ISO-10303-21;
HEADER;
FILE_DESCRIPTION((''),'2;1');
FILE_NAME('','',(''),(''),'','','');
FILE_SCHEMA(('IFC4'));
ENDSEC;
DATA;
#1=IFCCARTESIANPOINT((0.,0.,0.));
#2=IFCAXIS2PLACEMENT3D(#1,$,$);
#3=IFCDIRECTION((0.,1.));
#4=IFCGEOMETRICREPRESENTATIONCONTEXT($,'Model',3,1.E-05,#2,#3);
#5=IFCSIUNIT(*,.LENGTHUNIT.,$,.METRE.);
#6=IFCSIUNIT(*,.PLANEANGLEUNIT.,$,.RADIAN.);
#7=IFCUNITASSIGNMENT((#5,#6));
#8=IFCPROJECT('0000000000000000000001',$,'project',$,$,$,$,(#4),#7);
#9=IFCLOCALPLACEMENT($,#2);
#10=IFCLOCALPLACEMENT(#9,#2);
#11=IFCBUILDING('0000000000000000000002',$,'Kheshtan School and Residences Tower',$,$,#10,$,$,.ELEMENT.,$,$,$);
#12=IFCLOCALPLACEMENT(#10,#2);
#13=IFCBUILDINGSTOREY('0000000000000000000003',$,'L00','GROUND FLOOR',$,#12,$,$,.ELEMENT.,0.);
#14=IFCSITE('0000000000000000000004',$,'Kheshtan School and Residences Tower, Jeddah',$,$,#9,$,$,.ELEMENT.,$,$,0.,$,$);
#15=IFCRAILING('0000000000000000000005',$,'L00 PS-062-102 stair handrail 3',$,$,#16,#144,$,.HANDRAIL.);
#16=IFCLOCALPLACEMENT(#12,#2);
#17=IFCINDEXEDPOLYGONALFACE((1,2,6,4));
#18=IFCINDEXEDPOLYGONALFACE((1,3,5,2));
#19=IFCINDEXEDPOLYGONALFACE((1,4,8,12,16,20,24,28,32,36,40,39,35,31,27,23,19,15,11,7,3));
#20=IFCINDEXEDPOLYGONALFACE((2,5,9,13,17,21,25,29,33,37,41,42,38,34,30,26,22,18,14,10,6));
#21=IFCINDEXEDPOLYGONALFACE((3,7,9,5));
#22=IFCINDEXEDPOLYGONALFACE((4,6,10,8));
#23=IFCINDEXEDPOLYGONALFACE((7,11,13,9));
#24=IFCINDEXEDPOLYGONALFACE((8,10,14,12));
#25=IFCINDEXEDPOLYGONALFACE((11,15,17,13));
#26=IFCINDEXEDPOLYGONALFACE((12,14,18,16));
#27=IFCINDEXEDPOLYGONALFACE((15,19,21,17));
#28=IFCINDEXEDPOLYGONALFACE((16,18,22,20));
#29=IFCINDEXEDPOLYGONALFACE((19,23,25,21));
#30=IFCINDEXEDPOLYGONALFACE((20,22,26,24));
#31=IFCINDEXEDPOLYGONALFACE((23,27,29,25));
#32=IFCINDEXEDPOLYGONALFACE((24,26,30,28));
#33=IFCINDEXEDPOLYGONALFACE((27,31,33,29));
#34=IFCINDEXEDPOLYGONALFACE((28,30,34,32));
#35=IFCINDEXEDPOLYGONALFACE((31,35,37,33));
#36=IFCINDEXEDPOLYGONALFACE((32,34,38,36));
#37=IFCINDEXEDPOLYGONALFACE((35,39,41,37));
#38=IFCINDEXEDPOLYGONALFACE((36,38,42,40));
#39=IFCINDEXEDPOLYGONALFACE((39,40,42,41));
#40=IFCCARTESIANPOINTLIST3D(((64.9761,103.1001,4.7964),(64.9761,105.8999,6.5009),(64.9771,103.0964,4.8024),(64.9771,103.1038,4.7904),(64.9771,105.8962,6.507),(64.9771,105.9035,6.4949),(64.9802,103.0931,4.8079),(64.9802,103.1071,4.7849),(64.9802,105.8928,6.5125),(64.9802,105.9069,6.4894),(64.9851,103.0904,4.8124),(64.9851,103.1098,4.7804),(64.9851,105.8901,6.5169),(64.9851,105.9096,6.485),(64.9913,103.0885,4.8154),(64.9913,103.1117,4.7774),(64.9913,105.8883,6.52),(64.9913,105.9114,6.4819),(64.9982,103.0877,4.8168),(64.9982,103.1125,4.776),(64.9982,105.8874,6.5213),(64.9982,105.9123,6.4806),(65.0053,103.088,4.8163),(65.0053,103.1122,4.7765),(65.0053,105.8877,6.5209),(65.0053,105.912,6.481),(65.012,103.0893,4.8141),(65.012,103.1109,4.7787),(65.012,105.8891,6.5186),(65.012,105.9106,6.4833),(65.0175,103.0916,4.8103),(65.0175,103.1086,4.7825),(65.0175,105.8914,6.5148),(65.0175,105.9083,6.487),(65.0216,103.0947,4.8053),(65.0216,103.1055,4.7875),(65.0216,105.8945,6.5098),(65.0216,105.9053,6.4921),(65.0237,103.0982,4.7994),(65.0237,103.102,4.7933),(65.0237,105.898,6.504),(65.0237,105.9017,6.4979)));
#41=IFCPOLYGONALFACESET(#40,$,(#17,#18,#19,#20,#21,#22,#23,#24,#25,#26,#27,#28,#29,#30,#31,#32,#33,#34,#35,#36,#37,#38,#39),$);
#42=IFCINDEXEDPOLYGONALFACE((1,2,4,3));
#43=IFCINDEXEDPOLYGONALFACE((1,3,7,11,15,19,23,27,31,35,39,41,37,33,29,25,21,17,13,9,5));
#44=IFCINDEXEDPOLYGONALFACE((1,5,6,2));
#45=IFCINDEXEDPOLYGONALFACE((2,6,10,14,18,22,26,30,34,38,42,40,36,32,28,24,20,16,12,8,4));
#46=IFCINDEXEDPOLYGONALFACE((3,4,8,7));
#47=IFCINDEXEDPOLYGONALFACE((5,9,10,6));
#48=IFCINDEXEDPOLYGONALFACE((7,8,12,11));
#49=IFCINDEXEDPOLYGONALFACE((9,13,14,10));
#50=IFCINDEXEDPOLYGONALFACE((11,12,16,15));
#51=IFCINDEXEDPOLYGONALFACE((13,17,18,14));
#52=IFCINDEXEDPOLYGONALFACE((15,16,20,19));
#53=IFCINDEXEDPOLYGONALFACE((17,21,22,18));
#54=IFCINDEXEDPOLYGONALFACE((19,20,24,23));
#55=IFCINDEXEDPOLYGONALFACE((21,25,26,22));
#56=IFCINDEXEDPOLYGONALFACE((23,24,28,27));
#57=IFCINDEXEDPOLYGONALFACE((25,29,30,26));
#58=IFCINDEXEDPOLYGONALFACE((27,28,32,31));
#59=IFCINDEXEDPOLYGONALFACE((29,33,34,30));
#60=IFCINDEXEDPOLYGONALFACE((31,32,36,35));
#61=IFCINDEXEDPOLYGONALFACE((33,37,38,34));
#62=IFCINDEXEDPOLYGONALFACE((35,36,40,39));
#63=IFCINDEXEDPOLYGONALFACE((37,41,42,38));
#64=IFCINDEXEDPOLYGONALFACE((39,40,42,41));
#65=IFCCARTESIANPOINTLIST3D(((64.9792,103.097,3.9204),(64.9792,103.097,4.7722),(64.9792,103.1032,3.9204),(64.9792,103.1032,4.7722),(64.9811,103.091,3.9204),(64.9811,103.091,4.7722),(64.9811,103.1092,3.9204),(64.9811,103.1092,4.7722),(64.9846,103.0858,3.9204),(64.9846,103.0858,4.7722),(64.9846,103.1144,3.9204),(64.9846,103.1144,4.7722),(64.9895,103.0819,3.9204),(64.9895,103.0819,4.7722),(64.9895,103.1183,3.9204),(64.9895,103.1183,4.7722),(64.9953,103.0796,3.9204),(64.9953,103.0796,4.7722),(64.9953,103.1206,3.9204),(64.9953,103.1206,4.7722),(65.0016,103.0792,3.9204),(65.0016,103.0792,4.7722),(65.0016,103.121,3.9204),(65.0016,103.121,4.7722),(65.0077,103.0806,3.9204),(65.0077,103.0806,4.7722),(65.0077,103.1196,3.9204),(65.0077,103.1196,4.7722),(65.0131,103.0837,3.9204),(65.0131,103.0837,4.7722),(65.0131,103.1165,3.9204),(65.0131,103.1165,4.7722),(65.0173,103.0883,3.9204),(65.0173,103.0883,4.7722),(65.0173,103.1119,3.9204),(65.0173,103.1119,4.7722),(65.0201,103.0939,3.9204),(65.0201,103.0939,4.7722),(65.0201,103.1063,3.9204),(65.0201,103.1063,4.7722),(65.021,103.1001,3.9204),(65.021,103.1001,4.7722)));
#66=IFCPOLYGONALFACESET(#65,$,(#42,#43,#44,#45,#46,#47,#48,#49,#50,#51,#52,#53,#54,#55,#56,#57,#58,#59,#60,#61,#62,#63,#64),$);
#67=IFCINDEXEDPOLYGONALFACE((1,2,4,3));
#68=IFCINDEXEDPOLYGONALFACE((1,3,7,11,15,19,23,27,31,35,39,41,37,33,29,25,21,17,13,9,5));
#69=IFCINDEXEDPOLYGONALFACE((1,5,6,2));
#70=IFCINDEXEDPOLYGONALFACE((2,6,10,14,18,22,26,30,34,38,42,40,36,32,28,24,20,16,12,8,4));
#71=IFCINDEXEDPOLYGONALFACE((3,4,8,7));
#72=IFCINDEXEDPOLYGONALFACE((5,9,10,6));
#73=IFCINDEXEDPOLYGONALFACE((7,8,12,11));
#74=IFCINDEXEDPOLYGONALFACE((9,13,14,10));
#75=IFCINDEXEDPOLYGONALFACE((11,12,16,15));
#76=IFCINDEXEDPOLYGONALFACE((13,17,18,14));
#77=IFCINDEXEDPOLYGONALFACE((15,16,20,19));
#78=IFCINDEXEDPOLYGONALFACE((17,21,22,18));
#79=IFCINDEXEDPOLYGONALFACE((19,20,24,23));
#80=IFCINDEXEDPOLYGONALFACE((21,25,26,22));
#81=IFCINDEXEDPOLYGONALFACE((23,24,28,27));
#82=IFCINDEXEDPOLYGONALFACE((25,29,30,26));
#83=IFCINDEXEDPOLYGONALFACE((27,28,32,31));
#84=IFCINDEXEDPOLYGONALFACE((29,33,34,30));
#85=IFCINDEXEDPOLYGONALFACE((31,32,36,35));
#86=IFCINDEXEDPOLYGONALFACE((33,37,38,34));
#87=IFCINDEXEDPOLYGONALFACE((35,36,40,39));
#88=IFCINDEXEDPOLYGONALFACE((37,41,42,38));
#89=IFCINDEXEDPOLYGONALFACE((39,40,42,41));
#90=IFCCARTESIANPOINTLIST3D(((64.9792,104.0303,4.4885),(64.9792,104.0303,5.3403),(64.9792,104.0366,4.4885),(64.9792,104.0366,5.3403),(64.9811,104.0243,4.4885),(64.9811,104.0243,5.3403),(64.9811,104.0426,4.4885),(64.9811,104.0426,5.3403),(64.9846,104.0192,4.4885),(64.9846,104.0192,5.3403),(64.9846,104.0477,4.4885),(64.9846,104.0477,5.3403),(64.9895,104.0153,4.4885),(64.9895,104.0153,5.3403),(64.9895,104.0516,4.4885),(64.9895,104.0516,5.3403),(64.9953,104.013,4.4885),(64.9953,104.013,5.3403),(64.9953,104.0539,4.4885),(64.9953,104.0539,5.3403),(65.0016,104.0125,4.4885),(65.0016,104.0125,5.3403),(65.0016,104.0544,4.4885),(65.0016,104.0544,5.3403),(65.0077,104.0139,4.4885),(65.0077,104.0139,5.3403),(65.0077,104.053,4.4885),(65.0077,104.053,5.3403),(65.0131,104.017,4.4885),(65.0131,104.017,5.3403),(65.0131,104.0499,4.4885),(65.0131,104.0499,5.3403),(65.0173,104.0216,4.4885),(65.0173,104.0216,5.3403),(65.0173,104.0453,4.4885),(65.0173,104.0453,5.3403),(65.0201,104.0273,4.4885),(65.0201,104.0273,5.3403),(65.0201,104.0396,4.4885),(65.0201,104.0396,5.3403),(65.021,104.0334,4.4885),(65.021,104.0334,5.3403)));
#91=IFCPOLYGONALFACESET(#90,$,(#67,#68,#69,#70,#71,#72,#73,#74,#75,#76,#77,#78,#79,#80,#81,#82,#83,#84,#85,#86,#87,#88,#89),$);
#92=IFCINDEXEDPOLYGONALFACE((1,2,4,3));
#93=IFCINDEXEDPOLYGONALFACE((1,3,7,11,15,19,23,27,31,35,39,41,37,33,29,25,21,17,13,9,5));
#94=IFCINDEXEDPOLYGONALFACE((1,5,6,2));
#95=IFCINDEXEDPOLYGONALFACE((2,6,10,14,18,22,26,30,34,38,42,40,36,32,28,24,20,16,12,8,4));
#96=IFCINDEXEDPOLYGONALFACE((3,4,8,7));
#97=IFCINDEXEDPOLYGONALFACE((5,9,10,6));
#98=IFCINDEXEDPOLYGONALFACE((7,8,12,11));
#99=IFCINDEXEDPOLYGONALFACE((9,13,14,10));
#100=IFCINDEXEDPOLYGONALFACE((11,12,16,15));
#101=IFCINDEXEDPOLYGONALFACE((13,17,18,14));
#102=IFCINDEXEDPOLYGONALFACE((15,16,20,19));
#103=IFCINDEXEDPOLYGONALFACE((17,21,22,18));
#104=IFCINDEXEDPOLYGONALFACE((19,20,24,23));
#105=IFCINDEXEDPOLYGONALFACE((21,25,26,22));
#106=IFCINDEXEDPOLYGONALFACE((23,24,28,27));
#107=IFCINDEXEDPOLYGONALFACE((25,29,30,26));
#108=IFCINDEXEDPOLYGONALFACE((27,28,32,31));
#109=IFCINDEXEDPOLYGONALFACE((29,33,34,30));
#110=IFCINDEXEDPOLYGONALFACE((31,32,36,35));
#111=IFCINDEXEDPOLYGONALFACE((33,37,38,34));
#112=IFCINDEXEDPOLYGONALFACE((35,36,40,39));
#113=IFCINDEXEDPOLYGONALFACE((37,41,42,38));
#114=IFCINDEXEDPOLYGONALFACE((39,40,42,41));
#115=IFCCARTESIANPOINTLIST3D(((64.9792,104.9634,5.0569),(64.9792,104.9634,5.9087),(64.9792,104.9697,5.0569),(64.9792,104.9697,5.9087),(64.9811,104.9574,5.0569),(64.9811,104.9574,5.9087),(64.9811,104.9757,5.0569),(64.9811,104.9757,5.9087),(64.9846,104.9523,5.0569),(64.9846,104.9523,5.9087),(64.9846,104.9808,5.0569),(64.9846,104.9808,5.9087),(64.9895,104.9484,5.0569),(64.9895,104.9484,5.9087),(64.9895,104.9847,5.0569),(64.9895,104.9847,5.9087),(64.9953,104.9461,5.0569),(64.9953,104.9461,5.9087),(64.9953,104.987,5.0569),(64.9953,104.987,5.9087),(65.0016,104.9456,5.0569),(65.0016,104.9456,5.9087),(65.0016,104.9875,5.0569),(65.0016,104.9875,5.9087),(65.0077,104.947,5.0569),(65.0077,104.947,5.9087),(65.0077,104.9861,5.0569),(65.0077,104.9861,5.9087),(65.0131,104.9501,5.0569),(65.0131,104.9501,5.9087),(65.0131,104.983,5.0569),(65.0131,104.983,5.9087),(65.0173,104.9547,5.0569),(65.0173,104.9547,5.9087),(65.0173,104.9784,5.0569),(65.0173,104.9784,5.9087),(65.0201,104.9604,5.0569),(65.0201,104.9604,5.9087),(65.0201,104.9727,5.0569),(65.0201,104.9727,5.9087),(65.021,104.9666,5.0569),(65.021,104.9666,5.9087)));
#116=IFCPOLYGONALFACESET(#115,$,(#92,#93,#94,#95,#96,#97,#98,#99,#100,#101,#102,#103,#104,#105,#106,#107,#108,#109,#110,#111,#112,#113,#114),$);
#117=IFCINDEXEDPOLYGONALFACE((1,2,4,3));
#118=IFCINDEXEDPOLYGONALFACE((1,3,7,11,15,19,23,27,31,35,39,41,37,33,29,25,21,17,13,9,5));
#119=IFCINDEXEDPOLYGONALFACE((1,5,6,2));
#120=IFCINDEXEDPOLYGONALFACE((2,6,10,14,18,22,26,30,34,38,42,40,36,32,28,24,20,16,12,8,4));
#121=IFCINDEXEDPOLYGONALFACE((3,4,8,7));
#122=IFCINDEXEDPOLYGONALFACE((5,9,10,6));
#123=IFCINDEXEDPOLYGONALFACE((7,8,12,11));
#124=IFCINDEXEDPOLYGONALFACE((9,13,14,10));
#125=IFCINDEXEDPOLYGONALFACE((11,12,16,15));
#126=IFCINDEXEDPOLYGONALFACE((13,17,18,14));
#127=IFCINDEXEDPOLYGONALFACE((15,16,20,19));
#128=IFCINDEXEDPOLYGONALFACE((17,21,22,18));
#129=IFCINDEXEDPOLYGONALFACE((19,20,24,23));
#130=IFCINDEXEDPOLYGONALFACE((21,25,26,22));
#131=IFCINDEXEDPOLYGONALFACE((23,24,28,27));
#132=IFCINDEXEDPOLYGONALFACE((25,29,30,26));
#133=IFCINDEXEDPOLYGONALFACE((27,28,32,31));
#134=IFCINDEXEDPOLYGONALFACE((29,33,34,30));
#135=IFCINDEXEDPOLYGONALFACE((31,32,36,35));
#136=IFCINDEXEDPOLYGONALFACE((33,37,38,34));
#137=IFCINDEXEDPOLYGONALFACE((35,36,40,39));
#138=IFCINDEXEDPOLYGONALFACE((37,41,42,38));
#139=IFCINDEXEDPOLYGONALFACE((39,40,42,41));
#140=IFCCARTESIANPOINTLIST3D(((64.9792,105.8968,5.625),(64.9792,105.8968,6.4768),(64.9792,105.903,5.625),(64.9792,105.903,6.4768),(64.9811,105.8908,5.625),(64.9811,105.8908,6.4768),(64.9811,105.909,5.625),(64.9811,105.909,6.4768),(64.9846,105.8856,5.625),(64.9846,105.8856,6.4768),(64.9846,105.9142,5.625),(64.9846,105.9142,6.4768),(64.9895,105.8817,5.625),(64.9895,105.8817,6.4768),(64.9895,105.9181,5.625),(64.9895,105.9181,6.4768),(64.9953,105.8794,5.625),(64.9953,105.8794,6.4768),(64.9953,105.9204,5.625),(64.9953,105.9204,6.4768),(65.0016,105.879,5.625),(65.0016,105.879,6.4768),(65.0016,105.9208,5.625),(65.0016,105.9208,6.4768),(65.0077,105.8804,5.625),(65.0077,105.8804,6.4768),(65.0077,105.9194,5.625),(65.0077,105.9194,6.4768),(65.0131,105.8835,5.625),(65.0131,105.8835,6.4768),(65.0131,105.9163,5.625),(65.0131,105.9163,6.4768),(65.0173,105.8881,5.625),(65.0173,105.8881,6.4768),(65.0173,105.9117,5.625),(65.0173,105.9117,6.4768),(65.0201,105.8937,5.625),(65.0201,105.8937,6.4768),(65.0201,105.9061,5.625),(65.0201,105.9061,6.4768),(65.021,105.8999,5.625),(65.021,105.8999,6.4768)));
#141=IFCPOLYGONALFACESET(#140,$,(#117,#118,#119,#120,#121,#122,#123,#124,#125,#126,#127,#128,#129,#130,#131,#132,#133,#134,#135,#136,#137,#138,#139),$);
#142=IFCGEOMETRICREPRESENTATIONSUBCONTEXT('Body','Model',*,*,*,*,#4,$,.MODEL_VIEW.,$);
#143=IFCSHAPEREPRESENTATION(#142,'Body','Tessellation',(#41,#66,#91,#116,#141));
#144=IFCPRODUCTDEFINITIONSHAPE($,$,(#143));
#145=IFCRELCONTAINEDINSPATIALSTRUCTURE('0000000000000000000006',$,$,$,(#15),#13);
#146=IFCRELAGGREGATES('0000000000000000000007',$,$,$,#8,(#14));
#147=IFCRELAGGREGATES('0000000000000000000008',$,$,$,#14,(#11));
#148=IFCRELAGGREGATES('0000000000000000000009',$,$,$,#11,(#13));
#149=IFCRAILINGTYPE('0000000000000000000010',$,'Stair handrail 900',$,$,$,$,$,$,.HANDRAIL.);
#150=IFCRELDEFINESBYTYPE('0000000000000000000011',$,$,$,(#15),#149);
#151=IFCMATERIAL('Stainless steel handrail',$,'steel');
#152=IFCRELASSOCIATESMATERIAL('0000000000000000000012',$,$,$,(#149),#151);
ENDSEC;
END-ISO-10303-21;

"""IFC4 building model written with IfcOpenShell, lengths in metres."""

from ifc_helpers import new_model, si_unit, direction, frame, origin, origin_2d, place, context, subcontext, project, spatial, circle, extrude, material, type_object, element, save


model = new_model("IFC4")

# Units and contexts
model_context = context("Model", 3, precision=1e-05, world=origin(), true_north=direction((0.0, 1.0)))
body_context = subcontext(model_context, "Body", "Model", "MODEL_VIEW")
ifc_project = project(units=[si_unit("LENGTHUNIT", "METRE"), si_unit("PLANEANGLEUNIT", "RADIAN")], contexts=[model_context])

# Site, building, storey
site_placement = place(None, origin())
site = spatial("IfcSite", under=ifc_project, at=site_placement, Name="Kheshtan School and Residences Tower, Jeddah", CompositionType="ELEMENT", RefElevation=0.0)
building_placement = place(site_placement, origin())
building = spatial("IfcBuilding", under=site, at=building_placement, Name="Kheshtan School and Residences Tower", CompositionType="ELEMENT")
storey_placement = place(building_placement, origin())
storey = spatial("IfcBuildingStorey", under=building, at=storey_placement, Name="L00", Description="GROUND FLOOR", CompositionType="ELEMENT", Elevation=0.0)

# Railing
ifc_material_1 = material(Name="Stainless steel handrail", Category="steel")
railing_type_1 = type_object("IfcRailingType", Name="Stair handrail 900", PredefinedType="HANDRAIL", material=ifc_material_1)
railing_1_placement = place(storey_placement, frame((65.0, 103.1001, 3.9204)))
element("IfcRailing", 1, at=railing_1_placement, inside=storey, type_object=railing_type_1, Name="L00 PS-062-102 stair handrail 3", PredefinedType="HANDRAIL", context=body_context, shape_type="SweptSolid", body=[
    extrude(circle(Radius=0.0239, at=origin_2d()), frame((0.0, 0.0, 0.876), z_axis=(0.0, 0.85415, 0.520027), x_axis=(-1.0, 0.0, 0.0)), (0.0, 0.0, 1.0), 3.2778),
    extrude(circle(Radius=0.021, at=origin_2d()), origin(), (0.0, 0.0, 1.0), 0.8518),
    extrude(circle(Radius=0.021, at=origin_2d()), frame((0.0, 0.9333, 0.5681)), (0.0, 0.0, 1.0), 0.8518),
    extrude(circle(Radius=0.021, at=origin_2d()), frame((0.0, 1.8665, 1.1365)), (0.0, 0.0, 1.0), 0.8518),
    extrude(circle(Radius=0.021, at=origin_2d()), frame((0.0, 2.7998, 1.7046)), (0.0, 0.0, 1.0), 0.8518),
])

save(model, "model.ifc")
